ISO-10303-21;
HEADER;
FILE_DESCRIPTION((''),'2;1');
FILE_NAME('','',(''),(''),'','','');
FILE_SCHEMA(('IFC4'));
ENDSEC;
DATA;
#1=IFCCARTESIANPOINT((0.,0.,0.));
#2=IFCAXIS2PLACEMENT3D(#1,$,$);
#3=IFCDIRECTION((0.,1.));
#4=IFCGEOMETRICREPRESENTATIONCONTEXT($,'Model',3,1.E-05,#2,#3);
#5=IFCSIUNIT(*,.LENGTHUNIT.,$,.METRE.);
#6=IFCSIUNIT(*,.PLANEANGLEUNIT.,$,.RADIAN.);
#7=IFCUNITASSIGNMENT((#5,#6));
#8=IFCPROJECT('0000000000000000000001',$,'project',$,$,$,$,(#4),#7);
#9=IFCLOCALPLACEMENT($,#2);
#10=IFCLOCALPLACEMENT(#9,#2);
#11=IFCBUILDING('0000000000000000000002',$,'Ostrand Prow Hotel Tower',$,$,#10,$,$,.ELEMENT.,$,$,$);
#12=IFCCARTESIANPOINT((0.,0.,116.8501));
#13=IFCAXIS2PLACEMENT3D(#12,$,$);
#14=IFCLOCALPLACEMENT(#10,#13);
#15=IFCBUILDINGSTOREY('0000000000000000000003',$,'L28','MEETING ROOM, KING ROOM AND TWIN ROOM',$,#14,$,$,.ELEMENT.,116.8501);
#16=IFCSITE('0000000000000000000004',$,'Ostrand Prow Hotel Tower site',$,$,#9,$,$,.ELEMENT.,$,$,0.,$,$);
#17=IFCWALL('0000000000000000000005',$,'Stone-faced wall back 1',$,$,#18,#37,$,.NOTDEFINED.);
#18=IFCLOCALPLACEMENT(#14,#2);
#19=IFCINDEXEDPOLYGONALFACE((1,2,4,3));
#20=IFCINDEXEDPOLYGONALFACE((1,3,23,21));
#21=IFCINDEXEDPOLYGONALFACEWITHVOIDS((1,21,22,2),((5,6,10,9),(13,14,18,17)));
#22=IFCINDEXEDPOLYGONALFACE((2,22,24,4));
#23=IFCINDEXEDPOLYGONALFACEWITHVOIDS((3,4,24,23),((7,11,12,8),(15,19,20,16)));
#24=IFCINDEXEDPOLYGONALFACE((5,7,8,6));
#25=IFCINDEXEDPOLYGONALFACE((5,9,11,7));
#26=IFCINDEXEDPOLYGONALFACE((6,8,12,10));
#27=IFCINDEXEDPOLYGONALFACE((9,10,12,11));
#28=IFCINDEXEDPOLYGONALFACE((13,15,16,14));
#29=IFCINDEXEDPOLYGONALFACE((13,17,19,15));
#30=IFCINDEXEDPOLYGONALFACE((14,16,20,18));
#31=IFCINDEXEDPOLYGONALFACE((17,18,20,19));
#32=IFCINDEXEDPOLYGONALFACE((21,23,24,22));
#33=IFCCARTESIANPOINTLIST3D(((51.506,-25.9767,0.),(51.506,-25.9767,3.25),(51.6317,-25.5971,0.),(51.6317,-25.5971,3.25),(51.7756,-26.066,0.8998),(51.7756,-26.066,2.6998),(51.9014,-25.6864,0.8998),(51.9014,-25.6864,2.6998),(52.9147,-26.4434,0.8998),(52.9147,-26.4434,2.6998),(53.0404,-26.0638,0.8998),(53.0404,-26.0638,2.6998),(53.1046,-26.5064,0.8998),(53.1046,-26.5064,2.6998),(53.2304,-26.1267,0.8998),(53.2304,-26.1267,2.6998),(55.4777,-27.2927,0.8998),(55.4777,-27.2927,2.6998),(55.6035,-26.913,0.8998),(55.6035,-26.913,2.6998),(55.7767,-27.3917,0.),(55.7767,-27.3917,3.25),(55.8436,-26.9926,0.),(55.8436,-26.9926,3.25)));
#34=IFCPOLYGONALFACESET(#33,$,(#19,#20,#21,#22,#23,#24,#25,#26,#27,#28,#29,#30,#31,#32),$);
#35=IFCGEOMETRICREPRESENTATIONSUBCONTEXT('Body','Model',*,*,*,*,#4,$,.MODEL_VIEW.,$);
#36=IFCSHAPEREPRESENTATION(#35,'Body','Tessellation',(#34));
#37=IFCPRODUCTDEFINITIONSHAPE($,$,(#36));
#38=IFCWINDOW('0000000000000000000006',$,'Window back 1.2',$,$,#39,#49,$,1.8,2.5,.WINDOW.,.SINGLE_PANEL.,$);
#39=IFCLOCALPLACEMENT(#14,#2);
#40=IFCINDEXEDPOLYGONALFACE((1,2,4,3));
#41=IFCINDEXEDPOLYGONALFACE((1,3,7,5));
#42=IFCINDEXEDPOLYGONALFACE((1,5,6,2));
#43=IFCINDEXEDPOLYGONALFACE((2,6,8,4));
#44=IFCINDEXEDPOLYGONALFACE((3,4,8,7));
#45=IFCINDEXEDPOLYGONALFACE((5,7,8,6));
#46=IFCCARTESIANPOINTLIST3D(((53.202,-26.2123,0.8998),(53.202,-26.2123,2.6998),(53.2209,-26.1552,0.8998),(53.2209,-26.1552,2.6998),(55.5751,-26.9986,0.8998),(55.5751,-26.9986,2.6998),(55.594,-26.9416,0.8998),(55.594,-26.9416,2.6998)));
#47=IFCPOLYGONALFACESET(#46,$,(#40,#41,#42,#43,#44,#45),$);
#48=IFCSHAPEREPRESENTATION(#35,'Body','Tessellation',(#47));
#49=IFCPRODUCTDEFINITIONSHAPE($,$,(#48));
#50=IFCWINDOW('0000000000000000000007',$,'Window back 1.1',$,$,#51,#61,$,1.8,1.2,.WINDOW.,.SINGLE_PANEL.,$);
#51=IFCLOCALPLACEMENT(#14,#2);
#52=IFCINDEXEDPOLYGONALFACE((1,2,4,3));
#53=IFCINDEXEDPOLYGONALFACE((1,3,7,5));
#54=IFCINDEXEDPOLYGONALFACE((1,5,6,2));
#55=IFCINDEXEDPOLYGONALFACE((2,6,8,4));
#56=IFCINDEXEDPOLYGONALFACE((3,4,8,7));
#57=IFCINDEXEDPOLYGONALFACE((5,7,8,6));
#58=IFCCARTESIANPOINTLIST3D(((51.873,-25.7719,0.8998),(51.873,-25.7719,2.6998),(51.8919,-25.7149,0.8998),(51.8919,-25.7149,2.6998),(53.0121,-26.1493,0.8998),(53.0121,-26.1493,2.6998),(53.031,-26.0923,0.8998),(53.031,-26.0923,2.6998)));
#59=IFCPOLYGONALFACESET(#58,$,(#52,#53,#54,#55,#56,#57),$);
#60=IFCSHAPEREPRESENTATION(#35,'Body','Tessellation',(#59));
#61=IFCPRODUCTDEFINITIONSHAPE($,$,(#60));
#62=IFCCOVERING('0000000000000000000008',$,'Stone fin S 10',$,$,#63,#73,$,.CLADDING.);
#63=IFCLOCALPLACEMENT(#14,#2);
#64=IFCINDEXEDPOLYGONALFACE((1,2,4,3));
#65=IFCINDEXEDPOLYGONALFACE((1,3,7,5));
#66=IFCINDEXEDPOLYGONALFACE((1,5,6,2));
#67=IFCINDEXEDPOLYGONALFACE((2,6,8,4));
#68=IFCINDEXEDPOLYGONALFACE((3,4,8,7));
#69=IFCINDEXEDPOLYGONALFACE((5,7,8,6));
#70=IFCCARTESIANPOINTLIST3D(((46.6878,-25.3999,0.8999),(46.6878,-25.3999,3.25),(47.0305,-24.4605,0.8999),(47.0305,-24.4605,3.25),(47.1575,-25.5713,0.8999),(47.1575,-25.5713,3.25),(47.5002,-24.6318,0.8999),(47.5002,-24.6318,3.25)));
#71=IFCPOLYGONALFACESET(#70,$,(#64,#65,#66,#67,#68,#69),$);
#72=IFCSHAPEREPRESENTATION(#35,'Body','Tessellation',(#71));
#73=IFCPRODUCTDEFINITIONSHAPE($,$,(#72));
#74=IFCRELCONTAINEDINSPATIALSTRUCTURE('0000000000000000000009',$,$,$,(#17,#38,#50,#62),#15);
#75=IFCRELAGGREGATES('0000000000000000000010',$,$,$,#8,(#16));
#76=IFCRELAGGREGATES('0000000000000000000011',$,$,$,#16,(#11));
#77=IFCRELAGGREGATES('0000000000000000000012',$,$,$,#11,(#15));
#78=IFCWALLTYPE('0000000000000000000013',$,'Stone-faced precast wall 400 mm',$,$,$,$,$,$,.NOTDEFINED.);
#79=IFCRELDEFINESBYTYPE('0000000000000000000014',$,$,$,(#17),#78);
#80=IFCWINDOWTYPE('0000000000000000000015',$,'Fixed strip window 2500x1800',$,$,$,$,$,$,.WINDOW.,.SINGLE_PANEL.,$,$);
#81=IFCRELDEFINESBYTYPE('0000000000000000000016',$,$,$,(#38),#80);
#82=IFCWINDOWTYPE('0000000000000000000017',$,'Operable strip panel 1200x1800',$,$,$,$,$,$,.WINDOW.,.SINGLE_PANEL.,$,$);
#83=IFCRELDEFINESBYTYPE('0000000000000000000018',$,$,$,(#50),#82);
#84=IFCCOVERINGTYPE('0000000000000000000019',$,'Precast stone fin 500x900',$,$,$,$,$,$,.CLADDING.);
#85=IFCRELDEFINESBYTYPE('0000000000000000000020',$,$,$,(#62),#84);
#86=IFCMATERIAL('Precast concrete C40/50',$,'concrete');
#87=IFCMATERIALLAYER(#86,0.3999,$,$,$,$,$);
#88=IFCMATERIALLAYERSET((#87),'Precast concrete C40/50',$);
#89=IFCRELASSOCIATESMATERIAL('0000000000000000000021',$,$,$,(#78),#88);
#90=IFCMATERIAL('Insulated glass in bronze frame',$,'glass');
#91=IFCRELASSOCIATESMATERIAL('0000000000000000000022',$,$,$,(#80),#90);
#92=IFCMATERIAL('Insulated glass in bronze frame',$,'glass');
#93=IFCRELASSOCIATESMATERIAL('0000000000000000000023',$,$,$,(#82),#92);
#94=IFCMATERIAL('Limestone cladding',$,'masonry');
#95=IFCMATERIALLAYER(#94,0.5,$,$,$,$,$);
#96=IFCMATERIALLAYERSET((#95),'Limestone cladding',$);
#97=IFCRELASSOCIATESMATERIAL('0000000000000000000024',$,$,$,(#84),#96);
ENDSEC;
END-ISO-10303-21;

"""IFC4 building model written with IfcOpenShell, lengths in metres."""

from ifc_helpers import new_model, si_unit, direction, frame, frame_2d, origin, place, context, subcontext, project, spatial, polyline, rectangle, outline, extrude, material, layer, layer_set, type_object, element, fill, save


model = new_model("IFC4")

# Units and contexts
model_context = context("Model", 3, precision=1e-05, world=origin(), true_north=direction((0.0, 1.0)))
body_context = subcontext(model_context, "Body", "Model", "MODEL_VIEW")
ifc_project = project(units=[si_unit("LENGTHUNIT", "METRE"), si_unit("PLANEANGLEUNIT", "RADIAN")], contexts=[model_context])

# Site, building, storey
site_placement = place(None, origin())
site = spatial("IfcSite", under=ifc_project, at=site_placement, Name="Ostrand Prow Hotel Tower site", CompositionType="ELEMENT", RefElevation=0.0)
building_placement = place(site_placement, origin())
building = spatial("IfcBuilding", under=site, at=building_placement, Name="Ostrand Prow Hotel Tower", CompositionType="ELEMENT")
storey_placement = place(building_placement, frame((0.0, 0.0, 116.8501)))
storey = spatial("IfcBuildingStorey", under=building, at=storey_placement, Name="L28", Description="MEETING ROOM, KING ROOM AND TWIN ROOM", CompositionType="ELEMENT", Elevation=116.8501)

# Wall, openings, windows
ifc_material_1 = material(Name="Precast concrete C40/50", Category="concrete")
ifc_layer_1 = layer(ifc_material_1, 0.3999)
ifc_layer_set_1 = layer_set([ifc_layer_1], Name="Precast concrete C40/50")
wall_type_1 = type_object("IfcWallType", Name="Stone-faced precast wall 400 mm", PredefinedType="NOTDEFINED", material=ifc_layer_set_1)
wall_1_placement = place(storey_placement, frame((51.5688, -25.7869, 0.0), z_axis=(0.0, 0.0, 1.0), x_axis=(0.94925, -0.314522, 0.0)))
wall_1 = element("IfcWall", 1, at=wall_1_placement, inside=storey, type_object=wall_type_1, Name="Stone-faced wall back 1", PredefinedType="NOTDEFINED", context=body_context, shape_type="SweptSolid", body=[
    extrude(outline(polyline([(0.0, -0.2), (4.499, -0.2), (4.437, 0.2), (0.0, 0.2), (0.0, -0.2)])), origin(), (0.0, 0.0, 1.0), 3.25),
])
opening_1_placement = place(wall_1_placement, frame((0.2839, 0.0, 0.8999)))
opening_1 = element("IfcOpeningElement", 2, at=opening_1_placement, cuts=wall_1, PredefinedType="OPENING", context=body_context, shape_type="SweptSolid", body=[
    extrude(rectangle(XDim=1.2, YDim=1.8, at=frame_2d((0.6001, 0.8999))), frame((0.0, 0.21, 0.0), z_axis=(0.0, -1.0, 0.0), x_axis=(1.0, 0.0, 0.0)), (0.0, 0.0, 1.0), 0.4199),
])
opening_2_placement = place(wall_1_placement, frame((1.6841, 0.0, 0.8999)))
opening_2 = element("IfcOpeningElement", 3, at=opening_2_placement, cuts=wall_1, PredefinedType="OPENING", context=body_context, shape_type="SweptSolid", body=[
    extrude(rectangle(XDim=2.5, YDim=1.8, at=frame_2d((1.25, 0.8999))), frame((0.0, 0.21, 0.0), z_axis=(0.0, -1.0, 0.0), x_axis=(1.0, 0.0, 0.0)), (0.0, 0.0, 1.0), 0.4199),
])
ifc_material_2 = material(Name="Insulated glass in bronze frame", Category="glass")
window_type_1 = type_object("IfcWindowType", Name="Fixed strip window 2500x1800", PartitioningType="SINGLE_PANEL", PredefinedType="WINDOW", material=ifc_material_2)
window_1_placement = place(opening_2_placement, origin())
window_1 = element("IfcWindow", 4, at=window_1_placement, inside=storey, type_object=window_type_1, Name="Window back 1.2", OverallHeight=1.8, OverallWidth=2.5, PartitioningType="SINGLE_PANEL", PredefinedType="WINDOW", context=body_context, shape_type="SweptSolid", body=[
    extrude(rectangle(XDim=2.5, YDim=1.8, at=frame_2d((1.25, 0.8999))), frame((0.0, 0.1699, 0.0), z_axis=(0.0, -1.0, 0.0), x_axis=(1.0, 0.0, 0.0)), (0.0, 0.0, 1.0), 0.0601),
])
fill(opening_2, window_1)
ifc_material_3 = material(Name="Insulated glass in bronze frame", Category="glass")
window_type_2 = type_object("IfcWindowType", Name="Operable strip panel 1200x1800", PartitioningType="SINGLE_PANEL", PredefinedType="WINDOW", material=ifc_material_3)
window_2_placement = place(opening_1_placement, origin())
window_2 = element("IfcWindow", 5, at=window_2_placement, inside=storey, type_object=window_type_2, Name="Window back 1.1", OverallHeight=1.8, OverallWidth=1.2, PartitioningType="SINGLE_PANEL", PredefinedType="WINDOW", context=body_context, shape_type="SweptSolid", body=[
    extrude(rectangle(XDim=1.2, YDim=1.8, at=frame_2d((0.6001, 0.8999))), frame((0.0, 0.1699, 0.0), z_axis=(0.0, -1.0, 0.0), x_axis=(1.0, 0.0, 0.0)), (0.0, 0.0, 1.0), 0.0601),
])
fill(opening_1, window_2)

# Covering
ifc_material_4 = material(Name="Limestone cladding", Category="masonry")
ifc_layer_2 = layer(ifc_material_4, 0.5)
ifc_layer_set_2 = layer_set([ifc_layer_2], Name="Limestone cladding")
covering_type = type_object("IfcCoveringType", Name="Precast stone fin 500x900", PredefinedType="CLADDING", material=ifc_layer_set_2)
covering_placement = place(storey_placement, frame((47.2654, -24.5461, 0.8999), z_axis=(0.0, 0.0, 1.0), x_axis=(-0.342762, -0.939422, 0.0)))
element("IfcCovering", 6, at=covering_placement, inside=storey, type_object=covering_type, Name="Stone fin S 10", PredefinedType="CLADDING", context=body_context, shape_type="SweptSolid", body=[
    extrude(rectangle(XDim=1.0, YDim=0.5, at=frame_2d((0.5, 0.0))), origin(), (0.0, 0.0, 1.0), 2.3501),
])

save(model, "model.ifc")
